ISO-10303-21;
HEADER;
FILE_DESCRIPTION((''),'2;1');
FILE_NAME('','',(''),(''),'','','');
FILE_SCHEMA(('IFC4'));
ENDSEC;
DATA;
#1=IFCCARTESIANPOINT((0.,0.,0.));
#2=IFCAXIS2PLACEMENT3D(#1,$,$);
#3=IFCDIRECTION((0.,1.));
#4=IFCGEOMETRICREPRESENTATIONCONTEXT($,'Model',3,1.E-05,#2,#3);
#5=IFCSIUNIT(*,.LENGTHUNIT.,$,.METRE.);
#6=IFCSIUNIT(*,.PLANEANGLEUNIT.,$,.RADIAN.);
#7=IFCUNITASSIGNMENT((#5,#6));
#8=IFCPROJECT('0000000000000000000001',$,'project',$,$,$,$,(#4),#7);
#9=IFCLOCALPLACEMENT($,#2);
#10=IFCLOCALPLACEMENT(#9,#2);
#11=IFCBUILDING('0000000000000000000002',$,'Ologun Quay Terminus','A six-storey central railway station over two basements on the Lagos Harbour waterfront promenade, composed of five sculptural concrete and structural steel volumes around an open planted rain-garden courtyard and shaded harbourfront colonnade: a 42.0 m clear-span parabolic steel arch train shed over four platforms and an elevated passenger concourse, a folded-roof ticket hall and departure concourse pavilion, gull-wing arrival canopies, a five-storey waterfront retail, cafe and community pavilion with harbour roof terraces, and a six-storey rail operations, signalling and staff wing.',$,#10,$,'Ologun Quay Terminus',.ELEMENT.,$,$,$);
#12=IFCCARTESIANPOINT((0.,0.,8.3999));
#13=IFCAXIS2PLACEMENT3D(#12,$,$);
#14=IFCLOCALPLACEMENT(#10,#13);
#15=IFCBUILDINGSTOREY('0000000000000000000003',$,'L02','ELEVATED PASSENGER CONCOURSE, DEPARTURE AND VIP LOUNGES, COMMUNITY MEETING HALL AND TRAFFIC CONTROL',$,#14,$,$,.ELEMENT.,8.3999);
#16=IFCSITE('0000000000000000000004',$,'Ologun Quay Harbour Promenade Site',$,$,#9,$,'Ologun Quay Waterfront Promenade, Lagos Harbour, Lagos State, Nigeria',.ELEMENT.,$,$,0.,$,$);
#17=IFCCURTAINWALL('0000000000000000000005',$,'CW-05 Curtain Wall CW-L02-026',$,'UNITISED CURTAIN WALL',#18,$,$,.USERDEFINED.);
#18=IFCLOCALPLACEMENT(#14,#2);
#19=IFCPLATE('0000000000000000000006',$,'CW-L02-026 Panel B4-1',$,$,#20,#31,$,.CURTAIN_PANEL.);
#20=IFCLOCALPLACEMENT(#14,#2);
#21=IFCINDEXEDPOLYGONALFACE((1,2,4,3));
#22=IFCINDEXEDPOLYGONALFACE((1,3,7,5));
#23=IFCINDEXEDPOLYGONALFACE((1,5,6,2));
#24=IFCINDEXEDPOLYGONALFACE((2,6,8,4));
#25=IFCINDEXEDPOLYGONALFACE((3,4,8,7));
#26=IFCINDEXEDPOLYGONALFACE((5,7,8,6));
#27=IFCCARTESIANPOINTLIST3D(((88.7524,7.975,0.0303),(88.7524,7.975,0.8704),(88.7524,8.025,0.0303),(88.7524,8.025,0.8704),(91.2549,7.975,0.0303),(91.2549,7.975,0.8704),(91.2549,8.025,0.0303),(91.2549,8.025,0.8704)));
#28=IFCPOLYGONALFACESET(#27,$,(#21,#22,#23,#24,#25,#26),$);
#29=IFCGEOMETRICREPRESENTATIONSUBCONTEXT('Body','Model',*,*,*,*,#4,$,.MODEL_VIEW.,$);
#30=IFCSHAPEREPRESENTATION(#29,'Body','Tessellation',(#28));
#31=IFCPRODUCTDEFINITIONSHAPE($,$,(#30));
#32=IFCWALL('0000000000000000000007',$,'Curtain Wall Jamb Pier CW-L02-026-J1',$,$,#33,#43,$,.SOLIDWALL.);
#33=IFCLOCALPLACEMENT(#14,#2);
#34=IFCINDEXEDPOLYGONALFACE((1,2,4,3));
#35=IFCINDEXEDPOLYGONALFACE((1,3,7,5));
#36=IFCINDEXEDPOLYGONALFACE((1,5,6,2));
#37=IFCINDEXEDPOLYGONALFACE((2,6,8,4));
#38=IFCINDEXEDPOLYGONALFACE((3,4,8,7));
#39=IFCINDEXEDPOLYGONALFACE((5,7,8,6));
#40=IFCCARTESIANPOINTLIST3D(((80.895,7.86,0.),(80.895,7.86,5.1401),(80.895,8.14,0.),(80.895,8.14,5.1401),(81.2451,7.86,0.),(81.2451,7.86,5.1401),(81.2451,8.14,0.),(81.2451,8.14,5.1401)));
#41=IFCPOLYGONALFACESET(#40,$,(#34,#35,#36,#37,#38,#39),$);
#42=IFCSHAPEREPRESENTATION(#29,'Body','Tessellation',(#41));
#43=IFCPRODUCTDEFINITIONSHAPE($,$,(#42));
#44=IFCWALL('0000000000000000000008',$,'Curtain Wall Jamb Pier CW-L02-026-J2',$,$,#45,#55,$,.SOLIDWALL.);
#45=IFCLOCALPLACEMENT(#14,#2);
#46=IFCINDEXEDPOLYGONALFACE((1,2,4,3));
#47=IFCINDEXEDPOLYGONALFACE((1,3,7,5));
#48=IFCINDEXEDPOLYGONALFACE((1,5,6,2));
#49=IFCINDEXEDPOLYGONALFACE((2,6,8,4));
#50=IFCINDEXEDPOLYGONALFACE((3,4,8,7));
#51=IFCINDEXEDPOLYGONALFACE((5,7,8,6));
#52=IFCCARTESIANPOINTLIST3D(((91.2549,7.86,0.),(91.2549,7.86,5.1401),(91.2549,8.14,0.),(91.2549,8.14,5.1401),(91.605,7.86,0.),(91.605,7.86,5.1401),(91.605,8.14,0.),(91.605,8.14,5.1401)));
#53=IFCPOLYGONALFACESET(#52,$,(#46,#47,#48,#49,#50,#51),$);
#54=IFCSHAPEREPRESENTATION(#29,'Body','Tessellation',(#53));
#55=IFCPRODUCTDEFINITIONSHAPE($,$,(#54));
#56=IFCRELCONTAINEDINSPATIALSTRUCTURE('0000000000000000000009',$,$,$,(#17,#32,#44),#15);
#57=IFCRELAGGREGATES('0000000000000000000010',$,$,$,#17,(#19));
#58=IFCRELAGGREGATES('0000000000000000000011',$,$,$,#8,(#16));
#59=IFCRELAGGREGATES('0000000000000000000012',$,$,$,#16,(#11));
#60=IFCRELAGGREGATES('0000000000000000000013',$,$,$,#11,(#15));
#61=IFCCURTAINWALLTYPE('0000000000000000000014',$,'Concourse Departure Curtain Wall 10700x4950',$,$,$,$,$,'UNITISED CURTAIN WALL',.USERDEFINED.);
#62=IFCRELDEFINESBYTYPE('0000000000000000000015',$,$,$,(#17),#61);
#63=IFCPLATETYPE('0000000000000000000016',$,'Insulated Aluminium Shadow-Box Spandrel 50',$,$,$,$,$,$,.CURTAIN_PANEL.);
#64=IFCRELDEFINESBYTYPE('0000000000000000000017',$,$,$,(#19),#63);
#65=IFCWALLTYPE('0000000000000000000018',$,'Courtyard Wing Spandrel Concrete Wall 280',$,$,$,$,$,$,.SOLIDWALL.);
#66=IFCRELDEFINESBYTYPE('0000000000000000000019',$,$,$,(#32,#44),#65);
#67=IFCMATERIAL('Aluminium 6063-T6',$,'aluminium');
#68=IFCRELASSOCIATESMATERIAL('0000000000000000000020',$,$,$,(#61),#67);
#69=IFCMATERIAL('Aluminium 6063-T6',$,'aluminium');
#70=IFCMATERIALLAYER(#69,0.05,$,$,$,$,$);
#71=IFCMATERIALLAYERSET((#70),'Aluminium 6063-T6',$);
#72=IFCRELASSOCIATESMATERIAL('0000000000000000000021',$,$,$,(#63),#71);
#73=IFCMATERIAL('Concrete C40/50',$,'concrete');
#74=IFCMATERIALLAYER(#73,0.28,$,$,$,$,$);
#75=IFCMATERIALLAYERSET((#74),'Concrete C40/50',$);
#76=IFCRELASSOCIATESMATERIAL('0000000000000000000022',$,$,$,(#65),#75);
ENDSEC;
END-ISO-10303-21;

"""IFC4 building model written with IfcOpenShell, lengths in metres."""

from ifc_helpers import new_model, si_unit, direction, frame, frame_2d, origin, origin_2d, place, context, subcontext, project, spatial, rectangle, extrude, material, layer, layer_set, type_object, element, aggregate, save


model = new_model("IFC4")

# Units and contexts
model_context = context("Model", 3, precision=1e-05, world=origin(), true_north=direction((0.0, 1.0)))
body_context = subcontext(model_context, "Body", "Model", "MODEL_VIEW")
ifc_project = project(units=[si_unit("LENGTHUNIT", "METRE"), si_unit("PLANEANGLEUNIT", "RADIAN")], contexts=[model_context])

# Site, building, storey
site_placement = place(None, origin())
site = spatial("IfcSite", under=ifc_project, at=site_placement, Name="Ologun Quay Harbour Promenade Site", LongName="Ologun Quay Waterfront Promenade, Lagos Harbour, Lagos State, Nigeria", CompositionType="ELEMENT", RefElevation=0.0)
building_placement = place(site_placement, origin())
building = spatial("IfcBuilding", under=site, at=building_placement, Name="Ologun Quay Terminus", Description="A six-storey central railway station over two basements on the Lagos Harbour waterfront promenade, composed of five sculptural concrete and structural steel volumes around an open planted rain-garden courtyard and shaded harbourfront colonnade: a 42.0 m clear-span parabolic steel arch train shed over four platforms and an elevated passenger concourse, a folded-roof ticket hall and departure concourse pavilion, gull-wing arrival canopies, a five-storey waterfront retail, cafe and community pavilion with harbour roof terraces, and a six-storey rail operations, signalling and staff wing.", LongName="Ologun Quay Terminus", CompositionType="ELEMENT")
storey_placement = place(building_placement, frame((0.0, 0.0, 8.3999)))
storey = spatial("IfcBuildingStorey", under=building, at=storey_placement, Name="L02", Description="ELEVATED PASSENGER CONCOURSE, DEPARTURE AND VIP LOUNGES, COMMUNITY MEETING HALL AND TRAFFIC CONTROL", CompositionType="ELEMENT", Elevation=8.3999)

# Curtain wall
ifc_material_1 = material(Name="Aluminium 6063-T6", Category="aluminium")
curtain_wall_type = type_object("IfcCurtainWallType", Name="Concourse Departure Curtain Wall 10700x4950", ElementType="UNITISED CURTAIN WALL", PredefinedType="USERDEFINED", material=ifc_material_1)
curtain_wall_placement = place(storey_placement, origin())
curtain_wall = element("IfcCurtainWall", 1, at=curtain_wall_placement, inside=storey, type_object=curtain_wall_type, Name="CW-05 Curtain Wall CW-L02-026", ObjectType="UNITISED CURTAIN WALL", PredefinedType="USERDEFINED")

# Plate
ifc_material_2 = material(Name="Aluminium 6063-T6", Category="aluminium")
ifc_layer_1 = layer(ifc_material_2, 0.05)
ifc_layer_set_1 = layer_set([ifc_layer_1], Name="Aluminium 6063-T6")
plate_type_1 = type_object("IfcPlateType", Name="Insulated Aluminium Shadow-Box Spandrel 50", PredefinedType="CURTAIN_PANEL", material=ifc_layer_set_1)
plate_1_placement = place(storey_placement, frame((90.0037, 8.0, 0.0303), z_axis=(0.0, 0.0, 1.0), x_axis=(1.0, 0.0, 0.0)))
plate_1 = element("IfcPlate", 2, at=plate_1_placement, type_object=plate_type_1, Name="CW-L02-026 Panel B4-1", PredefinedType="CURTAIN_PANEL", context=body_context, shape_type="SweptSolid", body=[
    extrude(rectangle(XDim=2.5024, YDim=0.05, at=origin_2d()), origin(), (0.0, 0.0, 1.0), 0.8401),
])
aggregate(curtain_wall, [plate_1])

# Walls
ifc_material_3 = material(Name="Concrete C40/50", Category="concrete")
ifc_layer_2 = layer(ifc_material_3, 0.28)
ifc_layer_set_2 = layer_set([ifc_layer_2], Name="Concrete C40/50")
wall_type = type_object("IfcWallType", Name="Courtyard Wing Spandrel Concrete Wall 280", PredefinedType="SOLIDWALL", material=ifc_layer_set_2)
for number, where, z_axis, x_axis, name in (
    (3, (80.895, 8.0, 0.0), (0.0, 0.0, 1.0), (1.0, 0.0, 0.0), "Curtain Wall Jamb Pier CW-L02-026-J1"),
    (4, (91.2549, 8.0, 0.0), (0.0, 0.0, 1.0), (1.0, 0.0, 0.0), "Curtain Wall Jamb Pier CW-L02-026-J2"),
):
    element("IfcWall", number, at=place(storey_placement, frame(where, z_axis=z_axis, x_axis=x_axis)), inside=storey, type_object=wall_type, Name=name, PredefinedType="SOLIDWALL", context=body_context, shape_type="SweptSolid", body=[
        extrude(rectangle(XDim=0.3501, YDim=0.28, at=frame_2d((0.175, 0.0))), origin(), (0.0, 0.0, 1.0), 5.1401),
    ])

save(model, "model.ifc")
